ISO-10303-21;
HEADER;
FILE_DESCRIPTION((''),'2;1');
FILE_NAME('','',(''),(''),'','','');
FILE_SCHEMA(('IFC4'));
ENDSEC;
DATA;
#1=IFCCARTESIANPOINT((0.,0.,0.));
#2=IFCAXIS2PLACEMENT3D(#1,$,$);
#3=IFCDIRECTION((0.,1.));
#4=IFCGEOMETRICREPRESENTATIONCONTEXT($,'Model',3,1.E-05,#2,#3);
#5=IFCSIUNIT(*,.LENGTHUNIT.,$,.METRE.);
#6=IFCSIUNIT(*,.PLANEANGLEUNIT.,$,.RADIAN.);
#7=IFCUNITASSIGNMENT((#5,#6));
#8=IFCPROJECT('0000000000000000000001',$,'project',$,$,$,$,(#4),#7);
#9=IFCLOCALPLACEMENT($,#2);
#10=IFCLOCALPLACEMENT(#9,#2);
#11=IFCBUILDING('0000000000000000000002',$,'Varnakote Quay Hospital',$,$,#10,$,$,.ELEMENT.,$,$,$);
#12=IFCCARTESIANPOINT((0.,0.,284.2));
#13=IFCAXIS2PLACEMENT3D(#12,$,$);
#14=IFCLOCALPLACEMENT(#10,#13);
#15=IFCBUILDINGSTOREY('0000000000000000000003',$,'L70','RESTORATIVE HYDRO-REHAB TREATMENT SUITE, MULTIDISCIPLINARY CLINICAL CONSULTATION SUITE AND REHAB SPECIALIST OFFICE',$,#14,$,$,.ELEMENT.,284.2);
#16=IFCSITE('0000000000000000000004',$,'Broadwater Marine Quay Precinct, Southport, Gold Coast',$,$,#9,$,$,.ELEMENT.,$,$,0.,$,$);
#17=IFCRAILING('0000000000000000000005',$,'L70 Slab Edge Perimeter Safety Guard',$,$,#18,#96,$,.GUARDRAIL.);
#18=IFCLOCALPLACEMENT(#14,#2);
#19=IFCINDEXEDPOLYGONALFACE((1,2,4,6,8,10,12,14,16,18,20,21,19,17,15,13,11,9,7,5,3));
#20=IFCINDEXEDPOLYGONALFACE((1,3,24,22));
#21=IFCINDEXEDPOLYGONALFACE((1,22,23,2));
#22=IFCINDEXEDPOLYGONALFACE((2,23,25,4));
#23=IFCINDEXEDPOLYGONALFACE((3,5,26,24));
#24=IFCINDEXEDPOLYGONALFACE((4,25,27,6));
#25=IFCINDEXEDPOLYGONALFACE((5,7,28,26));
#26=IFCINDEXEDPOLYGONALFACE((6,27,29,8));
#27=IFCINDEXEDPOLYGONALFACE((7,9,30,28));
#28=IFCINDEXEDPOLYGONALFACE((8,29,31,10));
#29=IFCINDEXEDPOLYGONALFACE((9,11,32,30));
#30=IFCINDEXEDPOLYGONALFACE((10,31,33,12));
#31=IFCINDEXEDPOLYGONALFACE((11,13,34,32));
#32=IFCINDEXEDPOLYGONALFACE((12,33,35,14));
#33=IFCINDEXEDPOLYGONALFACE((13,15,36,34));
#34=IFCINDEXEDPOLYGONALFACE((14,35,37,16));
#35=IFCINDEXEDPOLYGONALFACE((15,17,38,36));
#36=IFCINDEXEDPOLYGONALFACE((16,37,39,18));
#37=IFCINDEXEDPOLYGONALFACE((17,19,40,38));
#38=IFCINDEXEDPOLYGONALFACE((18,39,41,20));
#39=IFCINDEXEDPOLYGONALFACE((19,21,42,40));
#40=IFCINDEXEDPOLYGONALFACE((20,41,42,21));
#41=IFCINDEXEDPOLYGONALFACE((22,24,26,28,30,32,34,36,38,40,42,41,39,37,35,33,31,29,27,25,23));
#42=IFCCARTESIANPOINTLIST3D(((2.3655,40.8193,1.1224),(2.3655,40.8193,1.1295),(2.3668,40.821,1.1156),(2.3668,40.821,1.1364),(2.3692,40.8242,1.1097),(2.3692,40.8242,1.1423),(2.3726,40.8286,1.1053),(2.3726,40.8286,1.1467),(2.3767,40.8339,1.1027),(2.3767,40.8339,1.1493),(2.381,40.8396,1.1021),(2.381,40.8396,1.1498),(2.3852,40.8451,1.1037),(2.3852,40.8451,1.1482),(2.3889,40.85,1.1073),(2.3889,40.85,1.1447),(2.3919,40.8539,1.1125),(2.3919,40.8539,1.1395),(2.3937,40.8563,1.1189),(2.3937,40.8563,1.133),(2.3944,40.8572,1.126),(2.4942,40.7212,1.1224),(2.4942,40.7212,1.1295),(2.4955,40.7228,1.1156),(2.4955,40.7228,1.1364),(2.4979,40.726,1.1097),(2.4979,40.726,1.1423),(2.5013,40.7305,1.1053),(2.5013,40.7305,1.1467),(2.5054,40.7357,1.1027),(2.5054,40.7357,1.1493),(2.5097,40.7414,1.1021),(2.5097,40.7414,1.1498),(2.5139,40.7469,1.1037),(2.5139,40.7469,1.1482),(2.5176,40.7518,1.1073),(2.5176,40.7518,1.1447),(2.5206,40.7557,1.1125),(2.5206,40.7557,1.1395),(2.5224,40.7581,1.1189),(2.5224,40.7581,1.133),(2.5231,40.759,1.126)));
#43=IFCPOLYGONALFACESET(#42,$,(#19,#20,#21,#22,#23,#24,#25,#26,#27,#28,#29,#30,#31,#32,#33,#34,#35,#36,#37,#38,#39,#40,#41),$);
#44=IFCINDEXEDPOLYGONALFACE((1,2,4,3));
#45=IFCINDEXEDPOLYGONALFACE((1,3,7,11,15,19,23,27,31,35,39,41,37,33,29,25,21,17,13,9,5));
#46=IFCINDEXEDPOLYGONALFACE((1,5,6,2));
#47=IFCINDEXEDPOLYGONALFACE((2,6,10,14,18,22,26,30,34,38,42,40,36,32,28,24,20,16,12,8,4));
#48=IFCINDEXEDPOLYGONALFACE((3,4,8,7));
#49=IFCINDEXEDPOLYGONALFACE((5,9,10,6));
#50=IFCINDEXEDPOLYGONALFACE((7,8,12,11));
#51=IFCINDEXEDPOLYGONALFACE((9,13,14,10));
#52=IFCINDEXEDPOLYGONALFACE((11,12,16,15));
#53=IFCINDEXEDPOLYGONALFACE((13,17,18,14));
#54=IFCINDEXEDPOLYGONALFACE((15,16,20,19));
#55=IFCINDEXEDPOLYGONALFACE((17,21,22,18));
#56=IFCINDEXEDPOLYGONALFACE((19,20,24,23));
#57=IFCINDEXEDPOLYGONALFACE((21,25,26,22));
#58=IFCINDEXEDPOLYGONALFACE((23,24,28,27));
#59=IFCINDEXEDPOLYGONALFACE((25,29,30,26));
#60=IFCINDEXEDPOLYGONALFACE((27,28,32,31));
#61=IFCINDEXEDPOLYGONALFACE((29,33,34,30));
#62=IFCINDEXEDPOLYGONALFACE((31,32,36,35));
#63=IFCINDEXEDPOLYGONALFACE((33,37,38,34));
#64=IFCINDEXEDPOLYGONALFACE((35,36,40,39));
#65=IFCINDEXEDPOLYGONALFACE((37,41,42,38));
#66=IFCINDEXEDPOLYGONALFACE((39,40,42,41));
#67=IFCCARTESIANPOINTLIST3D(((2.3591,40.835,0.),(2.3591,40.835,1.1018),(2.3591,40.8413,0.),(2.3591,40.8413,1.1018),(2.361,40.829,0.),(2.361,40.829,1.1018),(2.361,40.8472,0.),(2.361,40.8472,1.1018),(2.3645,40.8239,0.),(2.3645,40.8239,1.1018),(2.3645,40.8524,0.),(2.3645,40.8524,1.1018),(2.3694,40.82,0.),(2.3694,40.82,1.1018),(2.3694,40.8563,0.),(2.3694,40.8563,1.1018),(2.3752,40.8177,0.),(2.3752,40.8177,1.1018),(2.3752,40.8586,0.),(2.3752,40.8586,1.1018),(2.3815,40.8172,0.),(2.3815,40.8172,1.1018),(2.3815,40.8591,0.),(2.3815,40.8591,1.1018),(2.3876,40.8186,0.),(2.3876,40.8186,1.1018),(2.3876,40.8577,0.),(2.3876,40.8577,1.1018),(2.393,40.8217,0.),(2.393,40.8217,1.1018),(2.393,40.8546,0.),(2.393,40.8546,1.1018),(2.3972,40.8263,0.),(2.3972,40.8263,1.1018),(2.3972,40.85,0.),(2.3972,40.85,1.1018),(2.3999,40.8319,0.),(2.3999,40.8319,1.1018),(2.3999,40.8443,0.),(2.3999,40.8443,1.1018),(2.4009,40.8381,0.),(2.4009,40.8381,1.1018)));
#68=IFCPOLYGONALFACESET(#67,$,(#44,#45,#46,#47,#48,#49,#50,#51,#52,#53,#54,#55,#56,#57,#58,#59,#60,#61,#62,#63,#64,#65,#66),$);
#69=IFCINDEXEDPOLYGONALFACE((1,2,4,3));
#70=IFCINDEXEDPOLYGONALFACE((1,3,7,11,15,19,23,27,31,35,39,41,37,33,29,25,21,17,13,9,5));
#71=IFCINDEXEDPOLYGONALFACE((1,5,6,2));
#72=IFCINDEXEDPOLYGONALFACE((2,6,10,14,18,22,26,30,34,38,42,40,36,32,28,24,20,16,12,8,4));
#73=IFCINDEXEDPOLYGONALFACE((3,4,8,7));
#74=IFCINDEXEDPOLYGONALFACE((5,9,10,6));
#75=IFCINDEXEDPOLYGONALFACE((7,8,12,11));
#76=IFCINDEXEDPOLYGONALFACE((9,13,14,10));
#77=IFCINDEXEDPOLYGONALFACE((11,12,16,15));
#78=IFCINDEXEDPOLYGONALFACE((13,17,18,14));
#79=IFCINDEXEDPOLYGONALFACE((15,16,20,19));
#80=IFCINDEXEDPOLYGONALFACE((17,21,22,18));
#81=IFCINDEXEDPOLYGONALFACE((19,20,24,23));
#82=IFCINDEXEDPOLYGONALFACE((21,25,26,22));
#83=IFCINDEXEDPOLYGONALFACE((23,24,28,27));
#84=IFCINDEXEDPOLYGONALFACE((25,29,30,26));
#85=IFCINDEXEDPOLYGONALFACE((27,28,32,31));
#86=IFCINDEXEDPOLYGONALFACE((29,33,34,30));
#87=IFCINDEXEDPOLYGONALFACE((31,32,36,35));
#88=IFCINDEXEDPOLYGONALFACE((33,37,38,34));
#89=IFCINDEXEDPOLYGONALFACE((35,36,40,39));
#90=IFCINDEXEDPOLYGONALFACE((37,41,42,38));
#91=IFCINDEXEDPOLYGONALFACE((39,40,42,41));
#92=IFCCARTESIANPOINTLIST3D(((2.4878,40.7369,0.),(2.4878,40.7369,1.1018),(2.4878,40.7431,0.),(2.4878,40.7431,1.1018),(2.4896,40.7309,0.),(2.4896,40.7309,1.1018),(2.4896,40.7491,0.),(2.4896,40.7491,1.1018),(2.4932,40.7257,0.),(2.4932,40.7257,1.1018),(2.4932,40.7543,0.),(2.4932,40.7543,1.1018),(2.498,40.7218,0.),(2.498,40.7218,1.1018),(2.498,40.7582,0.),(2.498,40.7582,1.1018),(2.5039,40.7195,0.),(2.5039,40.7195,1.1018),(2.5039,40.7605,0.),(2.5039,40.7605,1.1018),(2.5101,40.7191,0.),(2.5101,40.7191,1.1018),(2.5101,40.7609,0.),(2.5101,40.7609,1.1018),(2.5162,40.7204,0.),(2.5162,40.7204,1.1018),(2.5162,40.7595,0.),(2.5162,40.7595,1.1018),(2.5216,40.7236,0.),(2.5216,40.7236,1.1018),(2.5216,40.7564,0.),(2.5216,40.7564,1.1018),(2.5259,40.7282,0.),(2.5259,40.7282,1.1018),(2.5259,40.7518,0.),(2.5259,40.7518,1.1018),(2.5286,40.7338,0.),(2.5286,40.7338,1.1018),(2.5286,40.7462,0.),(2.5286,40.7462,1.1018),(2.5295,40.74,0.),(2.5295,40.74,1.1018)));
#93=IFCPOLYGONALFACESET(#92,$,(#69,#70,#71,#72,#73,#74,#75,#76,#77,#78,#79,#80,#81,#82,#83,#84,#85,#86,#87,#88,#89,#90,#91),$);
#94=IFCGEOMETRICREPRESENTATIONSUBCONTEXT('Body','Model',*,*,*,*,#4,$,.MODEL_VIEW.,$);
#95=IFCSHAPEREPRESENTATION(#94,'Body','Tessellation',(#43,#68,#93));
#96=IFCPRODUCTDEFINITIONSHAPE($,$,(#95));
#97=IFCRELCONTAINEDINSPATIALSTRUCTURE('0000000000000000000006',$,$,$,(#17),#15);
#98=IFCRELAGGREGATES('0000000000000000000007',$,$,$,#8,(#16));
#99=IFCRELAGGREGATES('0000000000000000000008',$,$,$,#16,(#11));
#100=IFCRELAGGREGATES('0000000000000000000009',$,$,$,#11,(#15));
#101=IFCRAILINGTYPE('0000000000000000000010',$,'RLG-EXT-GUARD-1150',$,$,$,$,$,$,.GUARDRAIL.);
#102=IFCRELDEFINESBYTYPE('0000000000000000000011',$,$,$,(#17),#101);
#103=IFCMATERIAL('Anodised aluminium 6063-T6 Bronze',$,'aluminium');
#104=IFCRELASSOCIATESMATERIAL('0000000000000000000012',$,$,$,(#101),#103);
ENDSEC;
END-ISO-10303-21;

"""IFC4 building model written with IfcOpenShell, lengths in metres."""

from ifc_helpers import new_model, si_unit, direction, frame, origin, origin_2d, place, context, subcontext, project, spatial, circle, extrude, material, type_object, element, save


model = new_model("IFC4")

# Units and contexts
model_context = context("Model", 3, precision=1e-05, world=origin(), true_north=direction((0.0, 1.0)))
body_context = subcontext(model_context, "Body", "Model", "MODEL_VIEW")
ifc_project = project(units=[si_unit("LENGTHUNIT", "METRE"), si_unit("PLANEANGLEUNIT", "RADIAN")], contexts=[model_context])

# Site, building, storey
site_placement = place(None, origin())
site = spatial("IfcSite", under=ifc_project, at=site_placement, Name="Broadwater Marine Quay Precinct, Southport, Gold Coast", CompositionType="ELEMENT", RefElevation=0.0)
building_placement = place(site_placement, origin())
building = spatial("IfcBuilding", under=site, at=building_placement, Name="Varnakote Quay Hospital", CompositionType="ELEMENT")
storey_placement = place(building_placement, frame((0.0, 0.0, 284.2)))
storey = spatial("IfcBuildingStorey", under=building, at=storey_placement, Name="L70", Description="RESTORATIVE HYDRO-REHAB TREATMENT SUITE, MULTIDISCIPLINARY CLINICAL CONSULTATION SUITE AND REHAB SPECIALIST OFFICE", CompositionType="ELEMENT", Elevation=284.2)

# Railing
ifc_material_1 = material(Name="Anodised aluminium 6063-T6 Bronze", Category="aluminium")
railing_type = type_object("IfcRailingType", Name="RLG-EXT-GUARD-1150", PredefinedType="GUARDRAIL", material=ifc_material_1)
railing_1_placement = place(storey_placement, frame((2.3799, 40.8381, 0.0)))
element("IfcRailing", 1, at=railing_1_placement, inside=storey, type_object=railing_type, Name="L70 Slab Edge Perimeter Safety Guard", PredefinedType="GUARDRAIL", context=body_context, shape_type="SweptSolid", body=[
    extrude(circle(Radius=0.0239, at=origin_2d()), frame((0.0, 0.0, 1.126), z_axis=(0.795085, -0.606498, 0.0), x_axis=(0.606498, 0.795085, 0.0)), (0.0, 0.0, 1.0), 0.1619),
    extrude(circle(Radius=0.021, at=origin_2d()), origin(), (0.0, 0.0, 1.0), 1.1018),
    extrude(circle(Radius=0.021, at=origin_2d()), frame((0.1287, -0.0981, 0.0)), (0.0, 0.0, 1.0), 1.1018),
])

save(model, "model.ifc")
